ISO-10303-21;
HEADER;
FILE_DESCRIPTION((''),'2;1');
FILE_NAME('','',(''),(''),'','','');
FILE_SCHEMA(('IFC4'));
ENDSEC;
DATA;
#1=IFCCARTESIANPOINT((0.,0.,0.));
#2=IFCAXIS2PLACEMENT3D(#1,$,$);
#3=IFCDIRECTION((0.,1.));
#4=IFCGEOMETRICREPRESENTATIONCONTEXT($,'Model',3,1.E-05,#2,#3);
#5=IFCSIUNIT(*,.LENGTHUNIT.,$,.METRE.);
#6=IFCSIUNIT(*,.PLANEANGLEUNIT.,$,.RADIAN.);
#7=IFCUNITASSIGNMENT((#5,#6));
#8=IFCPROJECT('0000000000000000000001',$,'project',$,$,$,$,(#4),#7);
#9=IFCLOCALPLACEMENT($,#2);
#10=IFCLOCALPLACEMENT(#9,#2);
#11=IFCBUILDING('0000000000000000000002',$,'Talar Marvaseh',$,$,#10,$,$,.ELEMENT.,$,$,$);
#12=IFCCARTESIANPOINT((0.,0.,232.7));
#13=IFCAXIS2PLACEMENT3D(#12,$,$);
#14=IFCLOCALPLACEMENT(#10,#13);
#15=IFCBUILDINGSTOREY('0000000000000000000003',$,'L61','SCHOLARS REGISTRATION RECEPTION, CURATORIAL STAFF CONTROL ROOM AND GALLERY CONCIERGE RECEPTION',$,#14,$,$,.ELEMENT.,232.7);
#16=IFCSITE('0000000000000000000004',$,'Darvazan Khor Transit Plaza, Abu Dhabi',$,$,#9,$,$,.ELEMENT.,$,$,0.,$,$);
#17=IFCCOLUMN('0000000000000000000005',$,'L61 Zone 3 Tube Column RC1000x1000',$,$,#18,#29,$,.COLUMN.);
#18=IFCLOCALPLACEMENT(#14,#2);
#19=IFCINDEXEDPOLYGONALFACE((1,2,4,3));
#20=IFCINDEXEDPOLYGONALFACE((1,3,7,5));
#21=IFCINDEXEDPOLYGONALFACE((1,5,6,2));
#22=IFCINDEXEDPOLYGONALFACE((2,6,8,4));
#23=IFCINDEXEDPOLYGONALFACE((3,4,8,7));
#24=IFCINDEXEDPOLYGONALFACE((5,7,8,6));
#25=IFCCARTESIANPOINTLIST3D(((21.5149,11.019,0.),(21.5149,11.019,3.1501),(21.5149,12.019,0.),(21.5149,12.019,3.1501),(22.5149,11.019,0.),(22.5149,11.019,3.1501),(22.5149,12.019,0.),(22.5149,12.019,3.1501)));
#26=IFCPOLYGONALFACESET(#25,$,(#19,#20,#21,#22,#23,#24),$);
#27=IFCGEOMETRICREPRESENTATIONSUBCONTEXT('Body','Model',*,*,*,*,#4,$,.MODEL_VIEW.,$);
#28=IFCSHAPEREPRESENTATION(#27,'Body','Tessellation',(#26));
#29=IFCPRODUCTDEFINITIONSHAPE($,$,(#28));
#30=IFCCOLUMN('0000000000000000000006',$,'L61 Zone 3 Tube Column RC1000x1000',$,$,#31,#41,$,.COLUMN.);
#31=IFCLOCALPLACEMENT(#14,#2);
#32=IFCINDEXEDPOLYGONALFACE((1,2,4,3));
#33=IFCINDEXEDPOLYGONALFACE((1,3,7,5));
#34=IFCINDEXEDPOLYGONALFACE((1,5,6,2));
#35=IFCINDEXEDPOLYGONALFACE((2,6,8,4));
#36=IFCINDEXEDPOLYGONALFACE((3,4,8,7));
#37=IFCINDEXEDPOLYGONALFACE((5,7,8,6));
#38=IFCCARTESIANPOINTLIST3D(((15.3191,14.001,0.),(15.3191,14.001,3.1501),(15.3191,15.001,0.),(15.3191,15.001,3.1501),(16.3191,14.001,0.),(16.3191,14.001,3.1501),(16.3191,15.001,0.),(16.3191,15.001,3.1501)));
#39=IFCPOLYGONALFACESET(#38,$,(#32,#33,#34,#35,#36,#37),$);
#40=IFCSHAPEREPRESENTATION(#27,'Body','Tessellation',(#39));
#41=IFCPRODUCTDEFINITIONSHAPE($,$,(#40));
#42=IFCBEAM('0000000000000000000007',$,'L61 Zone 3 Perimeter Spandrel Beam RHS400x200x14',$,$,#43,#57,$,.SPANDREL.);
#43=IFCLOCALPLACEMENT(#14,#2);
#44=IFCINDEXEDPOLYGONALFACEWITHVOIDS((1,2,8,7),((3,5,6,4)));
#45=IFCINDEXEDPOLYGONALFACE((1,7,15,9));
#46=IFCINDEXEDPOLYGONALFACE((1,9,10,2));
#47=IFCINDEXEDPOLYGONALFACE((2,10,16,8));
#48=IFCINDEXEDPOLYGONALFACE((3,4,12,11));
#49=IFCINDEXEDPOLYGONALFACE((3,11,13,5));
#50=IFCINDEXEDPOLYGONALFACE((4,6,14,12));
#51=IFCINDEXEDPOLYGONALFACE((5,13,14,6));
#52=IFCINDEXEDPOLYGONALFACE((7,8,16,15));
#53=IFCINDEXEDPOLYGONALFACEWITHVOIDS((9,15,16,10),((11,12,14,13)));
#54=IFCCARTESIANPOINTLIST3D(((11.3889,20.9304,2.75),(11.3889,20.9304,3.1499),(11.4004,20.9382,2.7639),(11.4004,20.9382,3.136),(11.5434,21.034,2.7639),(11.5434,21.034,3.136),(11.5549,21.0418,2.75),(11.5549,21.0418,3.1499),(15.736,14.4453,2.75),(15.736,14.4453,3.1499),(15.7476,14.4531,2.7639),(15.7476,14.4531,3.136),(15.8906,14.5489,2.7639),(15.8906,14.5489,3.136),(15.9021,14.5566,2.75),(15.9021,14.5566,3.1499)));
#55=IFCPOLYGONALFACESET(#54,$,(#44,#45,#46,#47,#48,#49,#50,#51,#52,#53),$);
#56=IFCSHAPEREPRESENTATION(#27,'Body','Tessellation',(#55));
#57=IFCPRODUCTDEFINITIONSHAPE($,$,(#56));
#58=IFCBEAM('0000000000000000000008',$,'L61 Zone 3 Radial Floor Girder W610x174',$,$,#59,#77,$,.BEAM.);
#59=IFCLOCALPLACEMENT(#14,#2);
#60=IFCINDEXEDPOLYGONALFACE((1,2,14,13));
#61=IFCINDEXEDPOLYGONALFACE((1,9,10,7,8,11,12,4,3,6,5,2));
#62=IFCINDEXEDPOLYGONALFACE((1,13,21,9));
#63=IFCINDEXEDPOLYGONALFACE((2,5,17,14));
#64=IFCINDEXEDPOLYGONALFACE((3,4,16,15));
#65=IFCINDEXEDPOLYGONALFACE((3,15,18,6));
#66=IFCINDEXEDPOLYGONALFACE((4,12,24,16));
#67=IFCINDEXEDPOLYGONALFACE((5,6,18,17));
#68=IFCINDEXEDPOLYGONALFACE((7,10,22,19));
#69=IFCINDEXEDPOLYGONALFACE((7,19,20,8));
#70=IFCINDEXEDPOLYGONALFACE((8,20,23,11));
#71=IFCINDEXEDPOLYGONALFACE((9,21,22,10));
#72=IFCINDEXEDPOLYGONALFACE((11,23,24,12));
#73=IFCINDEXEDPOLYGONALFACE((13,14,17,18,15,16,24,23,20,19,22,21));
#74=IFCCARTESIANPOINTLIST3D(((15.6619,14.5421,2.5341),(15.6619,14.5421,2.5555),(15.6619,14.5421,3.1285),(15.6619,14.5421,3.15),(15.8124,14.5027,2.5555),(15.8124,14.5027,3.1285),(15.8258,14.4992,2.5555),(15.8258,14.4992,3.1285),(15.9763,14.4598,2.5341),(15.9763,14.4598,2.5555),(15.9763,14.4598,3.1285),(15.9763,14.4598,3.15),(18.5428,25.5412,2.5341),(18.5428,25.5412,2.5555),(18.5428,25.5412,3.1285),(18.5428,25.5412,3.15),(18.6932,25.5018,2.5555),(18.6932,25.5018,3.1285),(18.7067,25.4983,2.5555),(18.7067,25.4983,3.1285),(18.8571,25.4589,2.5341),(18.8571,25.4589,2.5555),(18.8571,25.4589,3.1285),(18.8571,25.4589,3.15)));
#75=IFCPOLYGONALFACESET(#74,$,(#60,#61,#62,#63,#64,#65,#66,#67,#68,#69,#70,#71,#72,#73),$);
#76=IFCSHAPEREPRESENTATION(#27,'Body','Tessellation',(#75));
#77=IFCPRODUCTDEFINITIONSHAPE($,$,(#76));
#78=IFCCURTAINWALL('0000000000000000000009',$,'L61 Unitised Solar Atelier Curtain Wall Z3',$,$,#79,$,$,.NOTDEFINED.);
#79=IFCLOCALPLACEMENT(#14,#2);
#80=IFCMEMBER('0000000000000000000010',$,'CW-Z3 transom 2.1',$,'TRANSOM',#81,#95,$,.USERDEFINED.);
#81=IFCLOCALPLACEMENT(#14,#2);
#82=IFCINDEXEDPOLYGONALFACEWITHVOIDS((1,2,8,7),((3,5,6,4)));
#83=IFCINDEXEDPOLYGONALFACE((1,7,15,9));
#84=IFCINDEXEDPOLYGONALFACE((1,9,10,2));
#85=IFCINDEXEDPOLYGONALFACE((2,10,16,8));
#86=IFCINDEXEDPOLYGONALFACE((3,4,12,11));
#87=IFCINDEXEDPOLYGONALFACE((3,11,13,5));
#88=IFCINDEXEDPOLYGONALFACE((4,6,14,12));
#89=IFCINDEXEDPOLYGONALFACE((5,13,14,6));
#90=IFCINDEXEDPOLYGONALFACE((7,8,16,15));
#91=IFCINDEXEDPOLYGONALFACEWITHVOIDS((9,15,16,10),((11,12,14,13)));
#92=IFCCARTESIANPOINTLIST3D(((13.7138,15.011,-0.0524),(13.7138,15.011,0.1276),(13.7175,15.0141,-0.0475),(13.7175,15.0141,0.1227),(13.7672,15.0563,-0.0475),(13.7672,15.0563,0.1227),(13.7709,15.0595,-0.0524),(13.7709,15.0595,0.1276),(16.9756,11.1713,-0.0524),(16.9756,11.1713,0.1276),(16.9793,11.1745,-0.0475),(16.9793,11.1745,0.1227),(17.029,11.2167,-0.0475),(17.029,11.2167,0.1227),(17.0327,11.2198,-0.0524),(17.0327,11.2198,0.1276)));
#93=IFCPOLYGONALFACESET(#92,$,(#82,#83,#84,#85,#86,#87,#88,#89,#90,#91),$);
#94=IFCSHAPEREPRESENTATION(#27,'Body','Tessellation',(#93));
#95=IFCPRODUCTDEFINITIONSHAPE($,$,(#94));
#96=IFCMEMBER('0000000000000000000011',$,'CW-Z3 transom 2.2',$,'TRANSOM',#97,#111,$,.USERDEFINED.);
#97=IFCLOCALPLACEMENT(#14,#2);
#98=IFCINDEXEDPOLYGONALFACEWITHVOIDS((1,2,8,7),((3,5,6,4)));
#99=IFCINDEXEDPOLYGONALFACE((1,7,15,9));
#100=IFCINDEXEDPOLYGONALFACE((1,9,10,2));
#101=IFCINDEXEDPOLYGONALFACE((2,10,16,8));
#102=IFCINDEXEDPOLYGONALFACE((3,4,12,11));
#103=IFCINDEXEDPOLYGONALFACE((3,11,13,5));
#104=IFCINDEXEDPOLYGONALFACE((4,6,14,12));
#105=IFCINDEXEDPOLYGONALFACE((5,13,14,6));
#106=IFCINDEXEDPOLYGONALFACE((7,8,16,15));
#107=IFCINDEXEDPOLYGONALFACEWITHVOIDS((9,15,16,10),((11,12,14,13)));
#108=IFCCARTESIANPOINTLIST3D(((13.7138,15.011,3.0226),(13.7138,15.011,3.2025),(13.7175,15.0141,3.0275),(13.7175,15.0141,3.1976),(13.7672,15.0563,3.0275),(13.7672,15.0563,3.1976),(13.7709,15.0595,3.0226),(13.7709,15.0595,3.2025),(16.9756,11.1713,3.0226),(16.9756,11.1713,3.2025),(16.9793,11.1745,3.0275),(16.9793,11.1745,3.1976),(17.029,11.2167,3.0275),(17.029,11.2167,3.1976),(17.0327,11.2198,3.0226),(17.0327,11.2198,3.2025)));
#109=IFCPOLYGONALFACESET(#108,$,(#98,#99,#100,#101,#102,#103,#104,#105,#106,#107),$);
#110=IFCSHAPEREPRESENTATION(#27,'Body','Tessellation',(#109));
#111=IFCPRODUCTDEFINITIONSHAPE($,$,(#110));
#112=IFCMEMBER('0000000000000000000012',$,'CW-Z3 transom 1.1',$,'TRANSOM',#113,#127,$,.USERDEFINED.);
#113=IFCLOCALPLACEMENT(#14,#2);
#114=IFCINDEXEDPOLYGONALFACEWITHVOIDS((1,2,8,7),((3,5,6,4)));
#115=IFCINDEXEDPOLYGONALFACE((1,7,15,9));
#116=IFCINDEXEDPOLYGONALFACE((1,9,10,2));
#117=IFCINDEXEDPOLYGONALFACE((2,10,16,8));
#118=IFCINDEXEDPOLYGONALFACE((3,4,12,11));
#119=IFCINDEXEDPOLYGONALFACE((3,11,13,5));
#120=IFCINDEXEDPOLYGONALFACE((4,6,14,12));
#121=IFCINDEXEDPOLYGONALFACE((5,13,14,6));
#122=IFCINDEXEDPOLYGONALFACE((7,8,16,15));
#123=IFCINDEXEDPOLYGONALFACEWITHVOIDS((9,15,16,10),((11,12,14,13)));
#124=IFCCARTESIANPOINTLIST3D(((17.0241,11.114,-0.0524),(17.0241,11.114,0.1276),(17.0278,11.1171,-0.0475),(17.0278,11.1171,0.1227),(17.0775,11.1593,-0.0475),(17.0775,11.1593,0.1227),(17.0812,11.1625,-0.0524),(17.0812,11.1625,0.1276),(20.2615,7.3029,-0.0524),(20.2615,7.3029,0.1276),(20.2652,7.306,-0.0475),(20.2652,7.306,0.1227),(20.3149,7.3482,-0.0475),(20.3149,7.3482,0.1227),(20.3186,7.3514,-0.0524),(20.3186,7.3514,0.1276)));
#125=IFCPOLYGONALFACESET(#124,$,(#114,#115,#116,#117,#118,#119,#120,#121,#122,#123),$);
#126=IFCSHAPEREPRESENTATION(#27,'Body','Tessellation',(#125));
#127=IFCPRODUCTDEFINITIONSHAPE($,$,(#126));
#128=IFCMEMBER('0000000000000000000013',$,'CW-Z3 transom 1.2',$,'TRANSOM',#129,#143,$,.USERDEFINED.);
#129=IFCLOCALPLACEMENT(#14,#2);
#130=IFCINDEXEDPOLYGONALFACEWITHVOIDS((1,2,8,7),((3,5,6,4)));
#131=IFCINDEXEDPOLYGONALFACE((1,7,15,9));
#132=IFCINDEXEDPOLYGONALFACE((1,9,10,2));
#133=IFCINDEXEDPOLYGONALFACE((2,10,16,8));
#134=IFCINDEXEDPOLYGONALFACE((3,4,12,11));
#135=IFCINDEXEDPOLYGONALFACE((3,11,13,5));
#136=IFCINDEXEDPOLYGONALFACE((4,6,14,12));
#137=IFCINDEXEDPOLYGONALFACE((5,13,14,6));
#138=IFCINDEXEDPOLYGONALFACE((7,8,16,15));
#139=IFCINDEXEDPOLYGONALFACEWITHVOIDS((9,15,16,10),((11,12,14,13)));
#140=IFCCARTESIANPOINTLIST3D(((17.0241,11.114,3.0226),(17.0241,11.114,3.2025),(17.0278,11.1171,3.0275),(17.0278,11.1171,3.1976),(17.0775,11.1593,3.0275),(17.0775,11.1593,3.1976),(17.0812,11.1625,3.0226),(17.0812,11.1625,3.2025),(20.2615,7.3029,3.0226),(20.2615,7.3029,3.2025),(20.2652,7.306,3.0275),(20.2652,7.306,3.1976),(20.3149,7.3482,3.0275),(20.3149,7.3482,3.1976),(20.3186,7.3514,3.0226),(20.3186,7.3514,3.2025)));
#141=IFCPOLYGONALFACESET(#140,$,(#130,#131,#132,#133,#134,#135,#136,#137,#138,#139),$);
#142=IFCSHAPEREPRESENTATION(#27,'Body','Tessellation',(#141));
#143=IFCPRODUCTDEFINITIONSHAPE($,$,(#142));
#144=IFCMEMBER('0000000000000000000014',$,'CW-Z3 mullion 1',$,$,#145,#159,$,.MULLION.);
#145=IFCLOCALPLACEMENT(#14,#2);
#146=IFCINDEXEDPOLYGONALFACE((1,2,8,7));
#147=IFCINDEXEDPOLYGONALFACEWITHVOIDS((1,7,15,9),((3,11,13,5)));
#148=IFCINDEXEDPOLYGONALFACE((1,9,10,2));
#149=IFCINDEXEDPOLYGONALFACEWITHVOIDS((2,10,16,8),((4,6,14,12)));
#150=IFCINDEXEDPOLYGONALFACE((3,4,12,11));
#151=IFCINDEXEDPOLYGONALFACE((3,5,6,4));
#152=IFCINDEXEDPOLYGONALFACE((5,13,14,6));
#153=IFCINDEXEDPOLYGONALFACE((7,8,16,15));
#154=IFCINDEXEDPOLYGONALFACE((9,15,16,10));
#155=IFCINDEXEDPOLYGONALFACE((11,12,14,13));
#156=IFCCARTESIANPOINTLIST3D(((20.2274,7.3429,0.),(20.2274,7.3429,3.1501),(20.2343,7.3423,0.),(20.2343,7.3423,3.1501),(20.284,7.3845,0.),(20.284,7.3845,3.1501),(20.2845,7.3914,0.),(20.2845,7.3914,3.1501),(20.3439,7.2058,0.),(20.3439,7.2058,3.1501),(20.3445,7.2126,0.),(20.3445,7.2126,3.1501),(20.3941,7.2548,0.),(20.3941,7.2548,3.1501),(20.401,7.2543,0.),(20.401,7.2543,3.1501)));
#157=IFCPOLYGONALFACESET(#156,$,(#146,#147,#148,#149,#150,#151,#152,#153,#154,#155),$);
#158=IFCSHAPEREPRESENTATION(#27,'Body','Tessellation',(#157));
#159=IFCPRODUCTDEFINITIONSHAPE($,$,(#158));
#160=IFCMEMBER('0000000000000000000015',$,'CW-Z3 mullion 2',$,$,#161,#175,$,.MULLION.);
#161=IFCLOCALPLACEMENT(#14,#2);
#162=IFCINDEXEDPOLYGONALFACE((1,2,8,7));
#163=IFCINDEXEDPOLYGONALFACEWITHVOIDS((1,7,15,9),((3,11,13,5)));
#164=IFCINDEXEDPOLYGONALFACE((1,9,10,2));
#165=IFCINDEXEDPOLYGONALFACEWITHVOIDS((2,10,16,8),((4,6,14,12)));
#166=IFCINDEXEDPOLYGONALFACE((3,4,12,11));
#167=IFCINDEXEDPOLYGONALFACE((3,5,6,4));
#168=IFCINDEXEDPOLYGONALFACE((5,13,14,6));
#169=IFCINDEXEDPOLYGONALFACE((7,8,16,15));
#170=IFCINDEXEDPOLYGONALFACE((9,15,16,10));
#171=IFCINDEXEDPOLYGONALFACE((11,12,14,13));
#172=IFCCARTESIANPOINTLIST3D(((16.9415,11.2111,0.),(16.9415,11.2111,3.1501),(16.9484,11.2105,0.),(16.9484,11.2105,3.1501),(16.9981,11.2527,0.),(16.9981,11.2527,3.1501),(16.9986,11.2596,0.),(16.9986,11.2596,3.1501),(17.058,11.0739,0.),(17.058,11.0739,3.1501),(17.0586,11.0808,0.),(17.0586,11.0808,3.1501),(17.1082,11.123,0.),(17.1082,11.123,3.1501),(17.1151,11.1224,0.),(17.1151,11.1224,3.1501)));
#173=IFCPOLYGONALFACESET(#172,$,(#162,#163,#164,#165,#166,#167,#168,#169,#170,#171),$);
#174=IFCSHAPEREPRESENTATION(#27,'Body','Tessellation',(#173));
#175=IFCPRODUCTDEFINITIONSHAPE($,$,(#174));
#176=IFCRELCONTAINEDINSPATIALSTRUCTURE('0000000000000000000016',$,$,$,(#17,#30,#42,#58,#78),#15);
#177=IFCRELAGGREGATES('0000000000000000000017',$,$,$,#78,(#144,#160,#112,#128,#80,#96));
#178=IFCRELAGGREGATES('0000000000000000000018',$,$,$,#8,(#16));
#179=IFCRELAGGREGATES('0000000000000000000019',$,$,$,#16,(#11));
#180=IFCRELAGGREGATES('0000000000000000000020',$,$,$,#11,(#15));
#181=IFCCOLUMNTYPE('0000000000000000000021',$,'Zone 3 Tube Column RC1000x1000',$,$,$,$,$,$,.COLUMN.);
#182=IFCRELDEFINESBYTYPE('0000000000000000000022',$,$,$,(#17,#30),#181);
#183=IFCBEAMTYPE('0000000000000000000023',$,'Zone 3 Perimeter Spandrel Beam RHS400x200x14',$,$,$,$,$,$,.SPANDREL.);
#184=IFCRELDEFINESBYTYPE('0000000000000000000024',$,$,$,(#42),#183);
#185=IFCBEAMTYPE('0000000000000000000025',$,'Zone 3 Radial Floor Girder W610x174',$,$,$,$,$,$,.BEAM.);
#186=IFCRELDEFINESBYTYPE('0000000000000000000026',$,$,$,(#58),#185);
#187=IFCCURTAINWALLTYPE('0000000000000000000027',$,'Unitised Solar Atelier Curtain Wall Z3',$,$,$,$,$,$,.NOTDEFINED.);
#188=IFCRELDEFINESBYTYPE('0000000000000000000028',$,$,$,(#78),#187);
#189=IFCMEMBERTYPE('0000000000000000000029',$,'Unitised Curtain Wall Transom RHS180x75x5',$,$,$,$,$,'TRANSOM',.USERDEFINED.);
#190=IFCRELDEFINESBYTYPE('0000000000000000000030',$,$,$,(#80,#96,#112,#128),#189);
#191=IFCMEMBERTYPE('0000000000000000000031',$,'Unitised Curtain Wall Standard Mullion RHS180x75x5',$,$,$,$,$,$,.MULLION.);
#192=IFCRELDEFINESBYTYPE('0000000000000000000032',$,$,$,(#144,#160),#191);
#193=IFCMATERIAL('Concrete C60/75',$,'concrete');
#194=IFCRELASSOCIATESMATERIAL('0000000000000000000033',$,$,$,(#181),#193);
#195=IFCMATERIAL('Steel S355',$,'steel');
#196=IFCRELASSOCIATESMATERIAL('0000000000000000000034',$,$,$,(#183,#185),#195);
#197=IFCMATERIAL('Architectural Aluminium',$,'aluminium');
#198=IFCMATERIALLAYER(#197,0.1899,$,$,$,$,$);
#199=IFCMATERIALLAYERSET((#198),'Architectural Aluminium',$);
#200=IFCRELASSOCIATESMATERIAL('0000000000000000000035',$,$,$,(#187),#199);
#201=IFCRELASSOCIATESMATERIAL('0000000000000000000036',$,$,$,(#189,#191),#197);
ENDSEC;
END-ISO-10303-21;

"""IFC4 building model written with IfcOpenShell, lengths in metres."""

from ifc_helpers import new_model, si_unit, direction, frame, origin, origin_2d, place, context, subcontext, project, spatial, rectangle, hollow_rectangle, i_section, extrude, source, transform, mapped, material, layer, layer_set, material_profile, profile_set, type_object, type_shapes, element, aggregate, save


model = new_model("IFC4")

# Units and contexts
model_context = context("Model", 3, precision=1e-05, world=origin(), true_north=direction((0.0, 1.0)))
body_context = subcontext(model_context, "Body", "Model", "MODEL_VIEW")
ifc_project = project(units=[si_unit("LENGTHUNIT", "METRE"), si_unit("PLANEANGLEUNIT", "RADIAN")], contexts=[model_context])

# Site, building, storey
site_placement = place(None, origin())
site = spatial("IfcSite", under=ifc_project, at=site_placement, Name="Darvazan Khor Transit Plaza, Abu Dhabi", CompositionType="ELEMENT", RefElevation=0.0)
building_placement = place(site_placement, origin())
building = spatial("IfcBuilding", under=site, at=building_placement, Name="Talar Marvaseh", CompositionType="ELEMENT")
storey_placement = place(building_placement, frame((0.0, 0.0, 232.7)))
storey = spatial("IfcBuildingStorey", under=building, at=storey_placement, Name="L61", Description="SCHOLARS REGISTRATION RECEPTION, CURATORIAL STAFF CONTROL ROOM AND GALLERY CONCIERGE RECEPTION", CompositionType="ELEMENT", Elevation=232.7)

# Columns
ifc_material_1 = material(Name="Concrete C60/75", Category="concrete")
ifc_material_profile_1 = material_profile(ifc_material_1, rectangle(XDim=1.0, YDim=1.0, at=origin_2d()), Name="RC1000x1000")
ifc_profile_set_1 = profile_set([ifc_material_profile_1], Name="Concrete C60/75")
column_type = type_object("IfcColumnType", Name="Zone 3 Tube Column RC1000x1000", PredefinedType="COLUMN", material=ifc_profile_set_1)
for number, where, z_axis, x_axis, name in (
    (1, (22.0149, 11.519, 0.0), (0.0, 0.0, 1.0), (1.0, 0.0, 0.0), "L61 Zone 3 Tube Column RC1000x1000"),
    (2, (15.8191, 14.501, 0.0), (0.0, 0.0, 1.0), (1.0, 0.0, 0.0), "L61 Zone 3 Tube Column RC1000x1000"),
):
    element("IfcColumn", number, at=place(storey_placement, frame(where, z_axis=z_axis, x_axis=x_axis)), inside=storey, type_object=column_type, Name=name, PredefinedType="COLUMN", context=body_context, shape_type="SweptSolid", body=[
        extrude(rectangle(XDim=1.0, YDim=1.0, at=origin_2d()), origin(), (0.0, 0.0, 1.0), 3.1501),
    ])

# Beams
ifc_material_2 = material(Name="Steel S355", Category="steel")
ifc_material_profile_2 = material_profile(ifc_material_2, hollow_rectangle(XDim=0.2, YDim=0.3999, WallThickness=0.0139, at=origin_2d()), Name="RHS400x200x14")
ifc_profile_set_2 = profile_set([ifc_material_profile_2], Name="Steel S355")
beam_type_1 = type_object("IfcBeamType", Name="Zone 3 Perimeter Spandrel Beam RHS400x200x14", PredefinedType="SPANDREL", material=ifc_profile_set_2)
beam_1_placement = place(storey_placement, frame((15.8191, 14.501, 2.95), z_axis=(-0.556806, 0.830643, 0.0), x_axis=(-0.830643, -0.556806, 0.0)))
element("IfcBeam", 3, at=beam_1_placement, inside=storey, type_object=beam_type_1, Name="L61 Zone 3 Perimeter Spandrel Beam RHS400x200x14", PredefinedType="SPANDREL", context=body_context, shape_type="SweptSolid", body=[
    extrude(hollow_rectangle(XDim=0.2, YDim=0.3999, WallThickness=0.0139, at=origin_2d()), origin(), (0.0, 0.0, 1.0), 7.8074),
])
ifc_material_profile_3 = material_profile(ifc_material_2, i_section(OverallWidth=0.325, OverallDepth=0.616, WebThickness=0.0139, FlangeThickness=0.0215, at=origin_2d()), Name="W610x174")
ifc_profile_set_3 = profile_set([ifc_material_profile_3], Name="Steel S355")
beam_type_2 = type_object("IfcBeamType", Name="Zone 3 Radial Floor Girder W610x174", PredefinedType="BEAM", material=ifc_profile_set_3)
beam_2_placement = place(storey_placement, frame((15.8191, 14.501, 2.842), z_axis=(0.253373, 0.967369, 0.0), x_axis=(-0.967369, 0.253373, 0.0)))
element("IfcBeam", 4, at=beam_2_placement, inside=storey, type_object=beam_type_2, Name="L61 Zone 3 Radial Floor Girder W610x174", PredefinedType="BEAM", context=body_context, shape_type="SweptSolid", body=[
    extrude(i_section(OverallWidth=0.325, OverallDepth=0.616, WebThickness=0.0139, FlangeThickness=0.0215, at=origin_2d()), origin(), (0.0, 0.0, 1.0), 11.3701),
])

# Curtain wall, members
ifc_material_3 = material(Name="Architectural Aluminium", Category="aluminium")
ifc_layer_1 = layer(ifc_material_3, 0.1899)
ifc_layer_set_1 = layer_set([ifc_layer_1], Name="Architectural Aluminium")
curtain_wall_type = type_object("IfcCurtainWallType", Name="Unitised Solar Atelier Curtain Wall Z3", PredefinedType="NOTDEFINED", material=ifc_layer_set_1)
curtain_wall_placement = place(storey_placement, origin())
curtain_wall = element("IfcCurtainWall", 5, at=curtain_wall_placement, inside=storey, type_object=curtain_wall_type, Name="L61 Unitised Solar Atelier Curtain Wall Z3", PredefinedType="NOTDEFINED")
ifc_material_profile_4 = material_profile(ifc_material_3, hollow_rectangle(XDim=0.075, YDim=0.1799, WallThickness=0.0049, at=origin_2d()), Name="RHS180x75x5")
ifc_profile_set_4 = profile_set([ifc_material_profile_4], Name="Architectural Aluminium")
member_type_1 = type_object("IfcMemberType", Name="Unitised Curtain Wall Transom RHS180x75x5", ElementType="TRANSOM", PredefinedType="USERDEFINED", material=ifc_profile_set_4)
shared_shape_1 = source(origin(), body_context, "Body", "SweptSolid", [
    extrude(hollow_rectangle(XDim=0.075, YDim=0.1799, WallThickness=0.0049, at=origin_2d()), origin(), (0.0, 0.0, 1.0), 5.0381),
])
member_1_placement = place(storey_placement, frame((17.0042, 11.1956, 0.0376), z_axis=(-0.647425, 0.762129, 0.0), x_axis=(-0.762129, -0.647425, 0.0)))
member_1 = element("IfcMember", 6, at=member_1_placement, type_object=member_type_1, Name="CW-Z3 transom 2.1", ObjectType="TRANSOM", PredefinedType="USERDEFINED", context=body_context, shape_type="MappedRepresentation", body=[
    mapped(shared_shape_1, transform((0.0, 0.0, 0.0), x_axis=(1.0, 0.0, 0.0), y_axis=(0.0, 1.0, 0.0), z_axis=(0.0, 0.0, 1.0), scale=1.0)),
])
member_2_placement = place(storey_placement, frame((17.0042, 11.1956, 3.1125), z_axis=(-0.647425, 0.762129, 0.0), x_axis=(-0.762129, -0.647425, 0.0)))
member_2 = element("IfcMember", 7, at=member_2_placement, type_object=member_type_1, Name="CW-Z3 transom 2.2", ObjectType="TRANSOM", PredefinedType="USERDEFINED", context=body_context, shape_type="MappedRepresentation", body=[
    mapped(shared_shape_1, transform((0.0, 0.0, 0.0), x_axis=(1.0, 0.0, 0.0), y_axis=(0.0, 1.0, 0.0), z_axis=(0.0, 0.0, 1.0), scale=1.0)),
])
shared_shape_2 = source(origin(), body_context, "Body", "SweptSolid", [
    extrude(hollow_rectangle(XDim=0.075, YDim=0.1799, WallThickness=0.0049, at=origin_2d()), origin(), (0.0, 0.0, 1.0), 5.0005),
])
type_shapes(member_type_1, [shared_shape_1, shared_shape_2])
member_3_placement = place(storey_placement, frame((20.29, 7.3271, 0.0376), z_axis=(-0.647407, 0.762144, 0.0), x_axis=(-0.762144, -0.647407, 0.0)))
member_3 = element("IfcMember", 8, at=member_3_placement, type_object=member_type_1, Name="CW-Z3 transom 1.1", ObjectType="TRANSOM", PredefinedType="USERDEFINED", context=body_context, shape_type="MappedRepresentation", body=[
    mapped(shared_shape_2, transform((0.0, 0.0, 0.0), x_axis=(1.0, 0.0, 0.0), y_axis=(0.0, 1.0, 0.0), z_axis=(0.0, 0.0, 1.0), scale=1.0)),
])
member_4_placement = place(storey_placement, frame((20.29, 7.3271, 3.1125), z_axis=(-0.647407, 0.762144, 0.0), x_axis=(-0.762144, -0.647407, 0.0)))
member_4 = element("IfcMember", 9, at=member_4_placement, type_object=member_type_1, Name="CW-Z3 transom 1.2", ObjectType="TRANSOM", PredefinedType="USERDEFINED", context=body_context, shape_type="MappedRepresentation", body=[
    mapped(shared_shape_2, transform((0.0, 0.0, 0.0), x_axis=(1.0, 0.0, 0.0), y_axis=(0.0, 1.0, 0.0), z_axis=(0.0, 0.0, 1.0), scale=1.0)),
])
ifc_material_profile_5 = material_profile(ifc_material_3, hollow_rectangle(XDim=0.075, YDim=0.1799, WallThickness=0.0049, at=origin_2d()), Name="RHS180x75x5")
ifc_profile_set_5 = profile_set([ifc_material_profile_5], Name="Architectural Aluminium")
member_type_2 = type_object("IfcMemberType", Name="Unitised Curtain Wall Standard Mullion RHS180x75x5", PredefinedType="MULLION", material=ifc_profile_set_5)
shared_shape_3 = source(origin(), body_context, "Body", "SweptSolid", [
    extrude(hollow_rectangle(XDim=0.075, YDim=0.1799, WallThickness=0.0049, at=origin_2d()), origin(), (0.0, 0.0, 1.0), 3.1501),
])
type_shapes(member_type_2, [shared_shape_3])
member_5_placement = place(storey_placement, frame((20.3142, 7.2986, 0.0), z_axis=(0.0, 0.0, 1.0), x_axis=(-0.762149, -0.647402, 0.0)))
member_5 = element("IfcMember", 10, at=member_5_placement, type_object=member_type_2, Name="CW-Z3 mullion 1", PredefinedType="MULLION", context=body_context, shape_type="MappedRepresentation", body=[
    mapped(shared_shape_3, transform((0.0, 0.0, 0.0), x_axis=(1.0, 0.0, 0.0), y_axis=(0.0, 1.0, 0.0), z_axis=(0.0, 0.0, 1.0), scale=1.0)),
])
member_6_placement = place(storey_placement, frame((17.0283, 11.1667, 0.0), z_axis=(0.0, 0.0, 1.0), x_axis=(-0.762149, -0.647402, 0.0)))
member_6 = element("IfcMember", 11, at=member_6_placement, type_object=member_type_2, Name="CW-Z3 mullion 2", PredefinedType="MULLION", context=body_context, shape_type="MappedRepresentation", body=[
    mapped(shared_shape_3, transform((0.0, 0.0, 0.0), x_axis=(1.0, 0.0, 0.0), y_axis=(0.0, 1.0, 0.0), z_axis=(0.0, 0.0, 1.0), scale=1.0)),
])

aggregate(curtain_wall, [member_5, member_6, member_3, member_4, member_1, member_2])

save(model, "model.ifc")
